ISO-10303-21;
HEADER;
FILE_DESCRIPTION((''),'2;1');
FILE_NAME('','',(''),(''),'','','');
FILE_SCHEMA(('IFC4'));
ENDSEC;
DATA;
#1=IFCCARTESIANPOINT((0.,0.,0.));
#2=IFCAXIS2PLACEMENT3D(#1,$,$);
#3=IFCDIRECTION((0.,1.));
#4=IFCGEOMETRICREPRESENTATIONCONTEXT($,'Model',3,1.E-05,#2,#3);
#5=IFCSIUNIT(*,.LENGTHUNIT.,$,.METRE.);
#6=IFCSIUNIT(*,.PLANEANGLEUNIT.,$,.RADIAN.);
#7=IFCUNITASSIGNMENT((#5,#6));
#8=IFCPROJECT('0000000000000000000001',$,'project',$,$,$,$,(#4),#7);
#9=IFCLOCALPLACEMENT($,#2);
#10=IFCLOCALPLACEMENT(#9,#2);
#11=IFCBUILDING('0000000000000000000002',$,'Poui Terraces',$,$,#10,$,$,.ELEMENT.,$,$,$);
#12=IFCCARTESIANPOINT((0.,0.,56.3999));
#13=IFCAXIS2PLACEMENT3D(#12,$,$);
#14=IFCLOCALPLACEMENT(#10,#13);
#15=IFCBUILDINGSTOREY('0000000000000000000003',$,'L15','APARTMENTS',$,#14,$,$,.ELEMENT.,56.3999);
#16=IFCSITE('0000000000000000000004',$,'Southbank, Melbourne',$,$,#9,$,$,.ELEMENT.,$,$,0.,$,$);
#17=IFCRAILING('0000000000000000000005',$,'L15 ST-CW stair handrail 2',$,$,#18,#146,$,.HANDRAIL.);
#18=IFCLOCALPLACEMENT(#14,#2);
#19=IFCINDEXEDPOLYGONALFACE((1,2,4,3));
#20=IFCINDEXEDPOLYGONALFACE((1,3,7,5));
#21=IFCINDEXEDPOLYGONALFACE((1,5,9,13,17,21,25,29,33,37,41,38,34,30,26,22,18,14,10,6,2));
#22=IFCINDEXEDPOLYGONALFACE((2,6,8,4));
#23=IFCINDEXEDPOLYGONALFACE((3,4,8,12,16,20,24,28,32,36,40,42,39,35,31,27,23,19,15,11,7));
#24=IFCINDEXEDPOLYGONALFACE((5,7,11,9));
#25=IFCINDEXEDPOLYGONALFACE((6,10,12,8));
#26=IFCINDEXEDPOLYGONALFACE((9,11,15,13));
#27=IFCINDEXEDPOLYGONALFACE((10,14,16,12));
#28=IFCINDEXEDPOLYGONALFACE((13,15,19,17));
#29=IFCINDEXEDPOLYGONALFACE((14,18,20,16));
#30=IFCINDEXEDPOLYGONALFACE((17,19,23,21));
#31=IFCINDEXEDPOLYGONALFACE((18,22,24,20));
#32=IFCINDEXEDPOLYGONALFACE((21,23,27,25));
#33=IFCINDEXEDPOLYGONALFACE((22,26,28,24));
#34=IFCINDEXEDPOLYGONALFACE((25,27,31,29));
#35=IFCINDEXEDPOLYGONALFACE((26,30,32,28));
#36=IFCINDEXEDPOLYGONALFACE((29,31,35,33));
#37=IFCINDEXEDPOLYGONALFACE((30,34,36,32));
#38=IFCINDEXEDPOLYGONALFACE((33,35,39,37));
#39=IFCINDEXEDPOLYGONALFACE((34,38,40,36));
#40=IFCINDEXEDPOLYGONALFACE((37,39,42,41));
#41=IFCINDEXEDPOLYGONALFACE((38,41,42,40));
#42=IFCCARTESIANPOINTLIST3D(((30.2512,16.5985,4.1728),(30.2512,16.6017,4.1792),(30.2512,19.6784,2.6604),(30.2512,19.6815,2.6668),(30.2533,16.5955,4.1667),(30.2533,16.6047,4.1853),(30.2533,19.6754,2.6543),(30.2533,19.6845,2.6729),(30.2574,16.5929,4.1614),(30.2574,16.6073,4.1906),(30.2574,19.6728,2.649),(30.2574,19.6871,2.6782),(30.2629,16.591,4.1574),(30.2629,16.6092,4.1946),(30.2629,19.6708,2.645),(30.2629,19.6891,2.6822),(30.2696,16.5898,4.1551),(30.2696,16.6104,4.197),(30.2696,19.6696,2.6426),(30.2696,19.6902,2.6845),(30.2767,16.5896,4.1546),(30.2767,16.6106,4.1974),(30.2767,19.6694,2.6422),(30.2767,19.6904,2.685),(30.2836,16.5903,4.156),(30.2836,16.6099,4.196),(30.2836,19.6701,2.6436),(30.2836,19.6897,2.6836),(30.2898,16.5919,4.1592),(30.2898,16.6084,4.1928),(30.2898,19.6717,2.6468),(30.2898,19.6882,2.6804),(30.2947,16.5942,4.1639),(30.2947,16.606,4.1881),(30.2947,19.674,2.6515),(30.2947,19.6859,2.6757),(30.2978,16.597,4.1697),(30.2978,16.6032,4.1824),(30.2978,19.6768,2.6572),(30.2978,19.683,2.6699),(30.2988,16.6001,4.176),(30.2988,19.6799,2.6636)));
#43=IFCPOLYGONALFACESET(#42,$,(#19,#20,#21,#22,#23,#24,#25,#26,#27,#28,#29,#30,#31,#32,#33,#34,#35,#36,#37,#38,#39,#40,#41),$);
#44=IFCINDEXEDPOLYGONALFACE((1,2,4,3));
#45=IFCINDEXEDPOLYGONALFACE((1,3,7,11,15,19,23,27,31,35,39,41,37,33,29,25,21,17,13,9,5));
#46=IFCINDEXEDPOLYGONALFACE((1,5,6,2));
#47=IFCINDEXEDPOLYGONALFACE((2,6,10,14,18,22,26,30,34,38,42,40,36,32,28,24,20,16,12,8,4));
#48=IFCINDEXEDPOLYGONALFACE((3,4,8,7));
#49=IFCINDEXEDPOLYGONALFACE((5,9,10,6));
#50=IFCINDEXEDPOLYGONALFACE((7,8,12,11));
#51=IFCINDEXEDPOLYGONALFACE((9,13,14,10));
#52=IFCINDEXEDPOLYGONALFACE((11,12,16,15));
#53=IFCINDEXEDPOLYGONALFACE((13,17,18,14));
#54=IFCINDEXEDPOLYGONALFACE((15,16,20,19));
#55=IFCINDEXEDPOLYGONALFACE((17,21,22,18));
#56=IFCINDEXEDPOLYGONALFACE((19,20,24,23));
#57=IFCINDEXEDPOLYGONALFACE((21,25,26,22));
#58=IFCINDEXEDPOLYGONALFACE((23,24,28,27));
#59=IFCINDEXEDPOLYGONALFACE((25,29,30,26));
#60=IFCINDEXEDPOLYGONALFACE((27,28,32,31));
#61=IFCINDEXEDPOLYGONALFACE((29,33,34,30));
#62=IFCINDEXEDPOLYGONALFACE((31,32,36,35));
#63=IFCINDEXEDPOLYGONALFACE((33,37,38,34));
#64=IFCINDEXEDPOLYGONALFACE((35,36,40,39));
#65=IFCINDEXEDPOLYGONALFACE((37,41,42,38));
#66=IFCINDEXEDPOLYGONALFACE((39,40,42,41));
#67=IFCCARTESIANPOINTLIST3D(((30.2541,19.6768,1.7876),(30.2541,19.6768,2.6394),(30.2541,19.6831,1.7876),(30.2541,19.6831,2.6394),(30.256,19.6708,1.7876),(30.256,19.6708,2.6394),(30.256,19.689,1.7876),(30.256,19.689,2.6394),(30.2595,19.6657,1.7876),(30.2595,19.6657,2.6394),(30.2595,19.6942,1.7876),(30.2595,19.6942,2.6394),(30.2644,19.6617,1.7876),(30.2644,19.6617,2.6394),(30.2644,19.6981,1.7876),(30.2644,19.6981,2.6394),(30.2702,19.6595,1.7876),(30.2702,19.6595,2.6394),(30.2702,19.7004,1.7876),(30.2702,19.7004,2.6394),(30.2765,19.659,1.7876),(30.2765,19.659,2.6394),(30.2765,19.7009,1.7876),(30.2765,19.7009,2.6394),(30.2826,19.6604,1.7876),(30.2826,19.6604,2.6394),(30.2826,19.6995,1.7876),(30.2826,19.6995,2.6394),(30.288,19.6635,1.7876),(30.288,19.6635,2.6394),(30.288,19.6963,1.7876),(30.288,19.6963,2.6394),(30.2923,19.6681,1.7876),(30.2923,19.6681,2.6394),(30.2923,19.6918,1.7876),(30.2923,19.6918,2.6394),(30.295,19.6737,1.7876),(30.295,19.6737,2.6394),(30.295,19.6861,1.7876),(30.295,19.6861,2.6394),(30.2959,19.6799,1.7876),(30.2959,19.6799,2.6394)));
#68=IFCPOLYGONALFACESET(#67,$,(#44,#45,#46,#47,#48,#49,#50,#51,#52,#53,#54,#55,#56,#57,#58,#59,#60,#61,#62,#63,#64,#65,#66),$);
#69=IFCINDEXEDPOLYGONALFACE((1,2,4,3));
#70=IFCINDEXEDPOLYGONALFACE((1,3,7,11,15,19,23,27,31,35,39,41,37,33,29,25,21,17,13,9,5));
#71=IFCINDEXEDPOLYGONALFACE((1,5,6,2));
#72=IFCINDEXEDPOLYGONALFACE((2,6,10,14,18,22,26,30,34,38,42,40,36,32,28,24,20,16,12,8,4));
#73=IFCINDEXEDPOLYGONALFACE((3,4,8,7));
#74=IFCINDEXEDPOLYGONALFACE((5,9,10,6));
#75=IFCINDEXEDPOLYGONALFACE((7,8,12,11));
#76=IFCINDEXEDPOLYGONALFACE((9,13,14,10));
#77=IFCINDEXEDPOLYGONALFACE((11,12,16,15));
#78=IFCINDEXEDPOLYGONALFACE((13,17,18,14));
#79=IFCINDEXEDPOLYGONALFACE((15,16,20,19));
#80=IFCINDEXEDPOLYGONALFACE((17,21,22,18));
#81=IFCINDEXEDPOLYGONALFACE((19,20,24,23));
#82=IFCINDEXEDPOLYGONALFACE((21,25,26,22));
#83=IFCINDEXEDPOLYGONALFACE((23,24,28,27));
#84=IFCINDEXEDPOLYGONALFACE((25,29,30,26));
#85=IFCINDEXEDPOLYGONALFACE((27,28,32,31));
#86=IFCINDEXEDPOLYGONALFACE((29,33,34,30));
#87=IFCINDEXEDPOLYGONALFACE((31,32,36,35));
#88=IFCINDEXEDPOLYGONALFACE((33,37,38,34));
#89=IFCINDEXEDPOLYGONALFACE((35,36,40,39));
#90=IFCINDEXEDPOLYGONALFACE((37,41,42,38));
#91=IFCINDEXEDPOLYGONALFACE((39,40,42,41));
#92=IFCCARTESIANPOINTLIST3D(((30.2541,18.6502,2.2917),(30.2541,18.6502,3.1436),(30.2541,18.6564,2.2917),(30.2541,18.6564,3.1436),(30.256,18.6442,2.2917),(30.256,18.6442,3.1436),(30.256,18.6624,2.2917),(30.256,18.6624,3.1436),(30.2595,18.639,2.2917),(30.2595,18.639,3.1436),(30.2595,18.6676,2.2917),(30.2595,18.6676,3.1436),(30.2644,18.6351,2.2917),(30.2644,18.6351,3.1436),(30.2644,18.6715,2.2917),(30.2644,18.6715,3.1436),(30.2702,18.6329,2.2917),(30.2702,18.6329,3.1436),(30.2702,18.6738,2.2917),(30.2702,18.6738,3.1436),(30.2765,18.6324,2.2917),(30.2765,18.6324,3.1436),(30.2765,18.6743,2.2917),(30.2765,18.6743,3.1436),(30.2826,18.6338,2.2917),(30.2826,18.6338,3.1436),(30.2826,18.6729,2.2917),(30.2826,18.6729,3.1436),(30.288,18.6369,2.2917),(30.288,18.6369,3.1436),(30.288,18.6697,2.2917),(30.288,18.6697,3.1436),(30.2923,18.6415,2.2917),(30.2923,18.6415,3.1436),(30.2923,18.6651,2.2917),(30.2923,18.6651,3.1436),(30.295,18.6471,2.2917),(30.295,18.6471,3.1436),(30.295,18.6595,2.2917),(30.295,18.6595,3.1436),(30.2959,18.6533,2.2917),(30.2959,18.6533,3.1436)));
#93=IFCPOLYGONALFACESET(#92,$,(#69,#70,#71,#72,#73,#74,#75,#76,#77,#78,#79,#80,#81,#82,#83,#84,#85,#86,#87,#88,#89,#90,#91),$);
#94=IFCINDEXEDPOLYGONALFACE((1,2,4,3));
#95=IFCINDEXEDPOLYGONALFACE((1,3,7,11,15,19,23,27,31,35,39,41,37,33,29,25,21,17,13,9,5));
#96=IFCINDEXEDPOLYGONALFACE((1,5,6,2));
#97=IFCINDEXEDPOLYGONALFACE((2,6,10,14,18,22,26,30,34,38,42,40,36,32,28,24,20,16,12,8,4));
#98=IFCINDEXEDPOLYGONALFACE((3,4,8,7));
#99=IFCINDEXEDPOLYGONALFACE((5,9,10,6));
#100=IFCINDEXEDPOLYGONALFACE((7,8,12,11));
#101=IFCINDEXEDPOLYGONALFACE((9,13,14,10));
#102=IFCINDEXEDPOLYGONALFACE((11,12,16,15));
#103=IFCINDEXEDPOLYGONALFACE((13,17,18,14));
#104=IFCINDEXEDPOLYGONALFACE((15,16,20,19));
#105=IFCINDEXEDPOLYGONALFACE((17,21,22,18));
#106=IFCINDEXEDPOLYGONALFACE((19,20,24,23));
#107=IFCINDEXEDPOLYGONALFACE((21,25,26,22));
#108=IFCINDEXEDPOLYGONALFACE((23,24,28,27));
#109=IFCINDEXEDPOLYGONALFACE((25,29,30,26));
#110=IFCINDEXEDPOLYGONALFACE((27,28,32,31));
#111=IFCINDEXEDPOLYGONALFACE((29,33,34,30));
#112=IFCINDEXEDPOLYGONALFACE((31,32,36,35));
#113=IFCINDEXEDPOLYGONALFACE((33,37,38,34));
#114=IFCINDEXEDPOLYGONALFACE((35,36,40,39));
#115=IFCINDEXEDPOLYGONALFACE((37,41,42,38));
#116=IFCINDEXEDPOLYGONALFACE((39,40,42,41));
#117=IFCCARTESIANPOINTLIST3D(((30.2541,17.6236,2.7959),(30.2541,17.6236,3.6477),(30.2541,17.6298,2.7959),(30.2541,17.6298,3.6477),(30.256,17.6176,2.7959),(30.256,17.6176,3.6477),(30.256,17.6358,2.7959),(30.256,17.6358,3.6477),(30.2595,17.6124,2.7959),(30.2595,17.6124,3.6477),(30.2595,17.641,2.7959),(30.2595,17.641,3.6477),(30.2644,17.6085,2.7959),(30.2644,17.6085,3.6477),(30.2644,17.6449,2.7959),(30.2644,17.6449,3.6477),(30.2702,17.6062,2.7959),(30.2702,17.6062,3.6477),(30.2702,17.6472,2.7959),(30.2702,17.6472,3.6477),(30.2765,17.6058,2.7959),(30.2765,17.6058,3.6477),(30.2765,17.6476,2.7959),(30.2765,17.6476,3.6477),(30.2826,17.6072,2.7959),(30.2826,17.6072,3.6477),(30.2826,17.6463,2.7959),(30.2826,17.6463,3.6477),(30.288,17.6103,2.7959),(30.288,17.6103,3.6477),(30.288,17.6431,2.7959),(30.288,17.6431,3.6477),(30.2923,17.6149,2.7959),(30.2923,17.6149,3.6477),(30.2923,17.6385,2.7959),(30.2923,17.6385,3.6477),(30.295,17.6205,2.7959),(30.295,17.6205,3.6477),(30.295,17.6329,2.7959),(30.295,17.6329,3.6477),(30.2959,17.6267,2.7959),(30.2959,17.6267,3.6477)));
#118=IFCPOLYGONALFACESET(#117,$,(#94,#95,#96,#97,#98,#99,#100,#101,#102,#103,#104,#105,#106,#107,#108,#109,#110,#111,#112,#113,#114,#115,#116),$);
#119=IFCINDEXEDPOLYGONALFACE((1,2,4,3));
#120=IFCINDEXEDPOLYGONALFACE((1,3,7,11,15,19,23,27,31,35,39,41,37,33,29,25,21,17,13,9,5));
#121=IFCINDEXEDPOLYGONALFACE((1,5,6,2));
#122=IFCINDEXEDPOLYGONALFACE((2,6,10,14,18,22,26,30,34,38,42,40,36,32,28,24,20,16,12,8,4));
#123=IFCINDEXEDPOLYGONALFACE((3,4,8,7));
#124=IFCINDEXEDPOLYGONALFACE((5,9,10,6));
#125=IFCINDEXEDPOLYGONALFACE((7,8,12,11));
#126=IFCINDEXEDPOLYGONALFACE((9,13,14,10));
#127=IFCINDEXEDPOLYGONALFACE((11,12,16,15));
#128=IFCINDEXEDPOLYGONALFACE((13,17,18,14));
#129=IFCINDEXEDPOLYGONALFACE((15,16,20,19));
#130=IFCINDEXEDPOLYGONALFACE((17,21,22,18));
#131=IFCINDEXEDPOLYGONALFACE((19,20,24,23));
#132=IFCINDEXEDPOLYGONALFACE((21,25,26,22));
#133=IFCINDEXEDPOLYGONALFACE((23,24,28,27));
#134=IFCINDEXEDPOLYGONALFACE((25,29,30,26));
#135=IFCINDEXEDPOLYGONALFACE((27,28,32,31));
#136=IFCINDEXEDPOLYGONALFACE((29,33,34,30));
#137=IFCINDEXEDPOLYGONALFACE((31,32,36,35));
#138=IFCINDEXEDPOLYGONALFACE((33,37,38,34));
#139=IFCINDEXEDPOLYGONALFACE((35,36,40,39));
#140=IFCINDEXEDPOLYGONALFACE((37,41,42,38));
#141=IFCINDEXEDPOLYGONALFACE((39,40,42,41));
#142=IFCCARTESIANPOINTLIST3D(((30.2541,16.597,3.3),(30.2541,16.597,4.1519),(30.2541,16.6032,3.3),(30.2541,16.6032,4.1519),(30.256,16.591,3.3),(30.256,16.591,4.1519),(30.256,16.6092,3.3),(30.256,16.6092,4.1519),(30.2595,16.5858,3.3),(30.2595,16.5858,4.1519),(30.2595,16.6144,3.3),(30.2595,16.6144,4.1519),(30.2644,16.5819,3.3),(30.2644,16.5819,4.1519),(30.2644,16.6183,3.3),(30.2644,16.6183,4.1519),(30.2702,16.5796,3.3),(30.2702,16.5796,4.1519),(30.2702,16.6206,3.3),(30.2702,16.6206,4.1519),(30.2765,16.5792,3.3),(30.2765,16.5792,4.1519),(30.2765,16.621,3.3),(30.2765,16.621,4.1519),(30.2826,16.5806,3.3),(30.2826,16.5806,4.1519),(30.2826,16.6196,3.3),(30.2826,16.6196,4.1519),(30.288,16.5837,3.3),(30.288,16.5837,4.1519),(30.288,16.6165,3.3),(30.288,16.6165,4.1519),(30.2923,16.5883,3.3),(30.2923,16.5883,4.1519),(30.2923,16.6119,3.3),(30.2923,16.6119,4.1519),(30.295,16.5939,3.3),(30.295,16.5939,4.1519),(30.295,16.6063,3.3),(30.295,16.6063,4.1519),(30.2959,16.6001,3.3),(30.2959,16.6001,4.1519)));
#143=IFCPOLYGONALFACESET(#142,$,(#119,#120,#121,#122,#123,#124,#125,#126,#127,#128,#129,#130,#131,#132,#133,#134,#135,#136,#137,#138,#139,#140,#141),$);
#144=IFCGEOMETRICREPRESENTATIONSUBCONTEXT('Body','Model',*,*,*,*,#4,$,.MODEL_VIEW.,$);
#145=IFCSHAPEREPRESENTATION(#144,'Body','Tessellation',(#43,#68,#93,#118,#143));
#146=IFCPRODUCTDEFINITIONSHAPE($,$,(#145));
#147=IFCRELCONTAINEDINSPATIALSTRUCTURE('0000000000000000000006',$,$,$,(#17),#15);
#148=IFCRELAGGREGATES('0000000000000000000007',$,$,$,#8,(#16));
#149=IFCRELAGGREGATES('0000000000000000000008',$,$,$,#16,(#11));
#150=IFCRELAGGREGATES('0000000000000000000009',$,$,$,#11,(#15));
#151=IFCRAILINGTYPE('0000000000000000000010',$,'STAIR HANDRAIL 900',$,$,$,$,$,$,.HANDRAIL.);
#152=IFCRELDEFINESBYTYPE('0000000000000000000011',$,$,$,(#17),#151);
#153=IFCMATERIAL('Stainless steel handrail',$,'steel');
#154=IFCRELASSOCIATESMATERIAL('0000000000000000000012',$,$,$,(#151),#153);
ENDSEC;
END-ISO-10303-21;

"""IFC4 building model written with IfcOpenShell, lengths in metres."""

from ifc_helpers import new_model, si_unit, direction, frame, origin, origin_2d, place, context, subcontext, project, spatial, circle, extrude, material, type_object, element, save


model = new_model("IFC4")

# Units and contexts
model_context = context("Model", 3, precision=1e-05, world=origin(), true_north=direction((0.0, 1.0)))
body_context = subcontext(model_context, "Body", "Model", "MODEL_VIEW")
ifc_project = project(units=[si_unit("LENGTHUNIT", "METRE"), si_unit("PLANEANGLEUNIT", "RADIAN")], contexts=[model_context])

# Site, building, storey
site_placement = place(None, origin())
site = spatial("IfcSite", under=ifc_project, at=site_placement, Name="Southbank, Melbourne", CompositionType="ELEMENT", RefElevation=0.0)
building_placement = place(site_placement, origin())
building = spatial("IfcBuilding", under=site, at=building_placement, Name="Poui Terraces", CompositionType="ELEMENT")
storey_placement = place(building_placement, frame((0.0, 0.0, 56.3999)))
storey = spatial("IfcBuildingStorey", under=building, at=storey_placement, Name="L15", Description="APARTMENTS", CompositionType="ELEMENT", Elevation=56.3999)

# Railing
ifc_material_1 = material(Name="Stainless steel handrail", Category="steel")
railing_type_1 = type_object("IfcRailingType", Name="STAIR HANDRAIL 900", PredefinedType="HANDRAIL", material=ifc_material_1)
railing_1_placement = place(storey_placement, frame((30.2749, 19.6799, 1.7876)))
element("IfcRailing", 1, at=railing_1_placement, inside=storey, type_object=railing_type_1, Name="L15 ST-CW stair handrail 2", PredefinedType="HANDRAIL", context=body_context, shape_type="SweptSolid", body=[
    extrude(circle(Radius=0.0239, at=origin_2d()), frame((0.0, 0.0, 0.876), z_axis=(0.0, -0.897606, 0.440798), x_axis=(1.0, 0.0, 0.0)), (0.0, 0.0, 1.0), 3.4312),
    extrude(circle(Radius=0.021, at=origin_2d()), origin(), (0.0, 0.0, 1.0), 0.8518),
    extrude(circle(Radius=0.021, at=origin_2d()), frame((0.0, -1.0266, 0.5042)), (0.0, 0.0, 1.0), 0.8518),
    extrude(circle(Radius=0.021, at=origin_2d()), frame((0.0, -2.0532, 1.0083)), (0.0, 0.0, 1.0), 0.8518),
    extrude(circle(Radius=0.021, at=origin_2d()), frame((0.0, -3.0798, 1.5125)), (0.0, 0.0, 1.0), 0.8518),
])

save(model, "model.ifc")
